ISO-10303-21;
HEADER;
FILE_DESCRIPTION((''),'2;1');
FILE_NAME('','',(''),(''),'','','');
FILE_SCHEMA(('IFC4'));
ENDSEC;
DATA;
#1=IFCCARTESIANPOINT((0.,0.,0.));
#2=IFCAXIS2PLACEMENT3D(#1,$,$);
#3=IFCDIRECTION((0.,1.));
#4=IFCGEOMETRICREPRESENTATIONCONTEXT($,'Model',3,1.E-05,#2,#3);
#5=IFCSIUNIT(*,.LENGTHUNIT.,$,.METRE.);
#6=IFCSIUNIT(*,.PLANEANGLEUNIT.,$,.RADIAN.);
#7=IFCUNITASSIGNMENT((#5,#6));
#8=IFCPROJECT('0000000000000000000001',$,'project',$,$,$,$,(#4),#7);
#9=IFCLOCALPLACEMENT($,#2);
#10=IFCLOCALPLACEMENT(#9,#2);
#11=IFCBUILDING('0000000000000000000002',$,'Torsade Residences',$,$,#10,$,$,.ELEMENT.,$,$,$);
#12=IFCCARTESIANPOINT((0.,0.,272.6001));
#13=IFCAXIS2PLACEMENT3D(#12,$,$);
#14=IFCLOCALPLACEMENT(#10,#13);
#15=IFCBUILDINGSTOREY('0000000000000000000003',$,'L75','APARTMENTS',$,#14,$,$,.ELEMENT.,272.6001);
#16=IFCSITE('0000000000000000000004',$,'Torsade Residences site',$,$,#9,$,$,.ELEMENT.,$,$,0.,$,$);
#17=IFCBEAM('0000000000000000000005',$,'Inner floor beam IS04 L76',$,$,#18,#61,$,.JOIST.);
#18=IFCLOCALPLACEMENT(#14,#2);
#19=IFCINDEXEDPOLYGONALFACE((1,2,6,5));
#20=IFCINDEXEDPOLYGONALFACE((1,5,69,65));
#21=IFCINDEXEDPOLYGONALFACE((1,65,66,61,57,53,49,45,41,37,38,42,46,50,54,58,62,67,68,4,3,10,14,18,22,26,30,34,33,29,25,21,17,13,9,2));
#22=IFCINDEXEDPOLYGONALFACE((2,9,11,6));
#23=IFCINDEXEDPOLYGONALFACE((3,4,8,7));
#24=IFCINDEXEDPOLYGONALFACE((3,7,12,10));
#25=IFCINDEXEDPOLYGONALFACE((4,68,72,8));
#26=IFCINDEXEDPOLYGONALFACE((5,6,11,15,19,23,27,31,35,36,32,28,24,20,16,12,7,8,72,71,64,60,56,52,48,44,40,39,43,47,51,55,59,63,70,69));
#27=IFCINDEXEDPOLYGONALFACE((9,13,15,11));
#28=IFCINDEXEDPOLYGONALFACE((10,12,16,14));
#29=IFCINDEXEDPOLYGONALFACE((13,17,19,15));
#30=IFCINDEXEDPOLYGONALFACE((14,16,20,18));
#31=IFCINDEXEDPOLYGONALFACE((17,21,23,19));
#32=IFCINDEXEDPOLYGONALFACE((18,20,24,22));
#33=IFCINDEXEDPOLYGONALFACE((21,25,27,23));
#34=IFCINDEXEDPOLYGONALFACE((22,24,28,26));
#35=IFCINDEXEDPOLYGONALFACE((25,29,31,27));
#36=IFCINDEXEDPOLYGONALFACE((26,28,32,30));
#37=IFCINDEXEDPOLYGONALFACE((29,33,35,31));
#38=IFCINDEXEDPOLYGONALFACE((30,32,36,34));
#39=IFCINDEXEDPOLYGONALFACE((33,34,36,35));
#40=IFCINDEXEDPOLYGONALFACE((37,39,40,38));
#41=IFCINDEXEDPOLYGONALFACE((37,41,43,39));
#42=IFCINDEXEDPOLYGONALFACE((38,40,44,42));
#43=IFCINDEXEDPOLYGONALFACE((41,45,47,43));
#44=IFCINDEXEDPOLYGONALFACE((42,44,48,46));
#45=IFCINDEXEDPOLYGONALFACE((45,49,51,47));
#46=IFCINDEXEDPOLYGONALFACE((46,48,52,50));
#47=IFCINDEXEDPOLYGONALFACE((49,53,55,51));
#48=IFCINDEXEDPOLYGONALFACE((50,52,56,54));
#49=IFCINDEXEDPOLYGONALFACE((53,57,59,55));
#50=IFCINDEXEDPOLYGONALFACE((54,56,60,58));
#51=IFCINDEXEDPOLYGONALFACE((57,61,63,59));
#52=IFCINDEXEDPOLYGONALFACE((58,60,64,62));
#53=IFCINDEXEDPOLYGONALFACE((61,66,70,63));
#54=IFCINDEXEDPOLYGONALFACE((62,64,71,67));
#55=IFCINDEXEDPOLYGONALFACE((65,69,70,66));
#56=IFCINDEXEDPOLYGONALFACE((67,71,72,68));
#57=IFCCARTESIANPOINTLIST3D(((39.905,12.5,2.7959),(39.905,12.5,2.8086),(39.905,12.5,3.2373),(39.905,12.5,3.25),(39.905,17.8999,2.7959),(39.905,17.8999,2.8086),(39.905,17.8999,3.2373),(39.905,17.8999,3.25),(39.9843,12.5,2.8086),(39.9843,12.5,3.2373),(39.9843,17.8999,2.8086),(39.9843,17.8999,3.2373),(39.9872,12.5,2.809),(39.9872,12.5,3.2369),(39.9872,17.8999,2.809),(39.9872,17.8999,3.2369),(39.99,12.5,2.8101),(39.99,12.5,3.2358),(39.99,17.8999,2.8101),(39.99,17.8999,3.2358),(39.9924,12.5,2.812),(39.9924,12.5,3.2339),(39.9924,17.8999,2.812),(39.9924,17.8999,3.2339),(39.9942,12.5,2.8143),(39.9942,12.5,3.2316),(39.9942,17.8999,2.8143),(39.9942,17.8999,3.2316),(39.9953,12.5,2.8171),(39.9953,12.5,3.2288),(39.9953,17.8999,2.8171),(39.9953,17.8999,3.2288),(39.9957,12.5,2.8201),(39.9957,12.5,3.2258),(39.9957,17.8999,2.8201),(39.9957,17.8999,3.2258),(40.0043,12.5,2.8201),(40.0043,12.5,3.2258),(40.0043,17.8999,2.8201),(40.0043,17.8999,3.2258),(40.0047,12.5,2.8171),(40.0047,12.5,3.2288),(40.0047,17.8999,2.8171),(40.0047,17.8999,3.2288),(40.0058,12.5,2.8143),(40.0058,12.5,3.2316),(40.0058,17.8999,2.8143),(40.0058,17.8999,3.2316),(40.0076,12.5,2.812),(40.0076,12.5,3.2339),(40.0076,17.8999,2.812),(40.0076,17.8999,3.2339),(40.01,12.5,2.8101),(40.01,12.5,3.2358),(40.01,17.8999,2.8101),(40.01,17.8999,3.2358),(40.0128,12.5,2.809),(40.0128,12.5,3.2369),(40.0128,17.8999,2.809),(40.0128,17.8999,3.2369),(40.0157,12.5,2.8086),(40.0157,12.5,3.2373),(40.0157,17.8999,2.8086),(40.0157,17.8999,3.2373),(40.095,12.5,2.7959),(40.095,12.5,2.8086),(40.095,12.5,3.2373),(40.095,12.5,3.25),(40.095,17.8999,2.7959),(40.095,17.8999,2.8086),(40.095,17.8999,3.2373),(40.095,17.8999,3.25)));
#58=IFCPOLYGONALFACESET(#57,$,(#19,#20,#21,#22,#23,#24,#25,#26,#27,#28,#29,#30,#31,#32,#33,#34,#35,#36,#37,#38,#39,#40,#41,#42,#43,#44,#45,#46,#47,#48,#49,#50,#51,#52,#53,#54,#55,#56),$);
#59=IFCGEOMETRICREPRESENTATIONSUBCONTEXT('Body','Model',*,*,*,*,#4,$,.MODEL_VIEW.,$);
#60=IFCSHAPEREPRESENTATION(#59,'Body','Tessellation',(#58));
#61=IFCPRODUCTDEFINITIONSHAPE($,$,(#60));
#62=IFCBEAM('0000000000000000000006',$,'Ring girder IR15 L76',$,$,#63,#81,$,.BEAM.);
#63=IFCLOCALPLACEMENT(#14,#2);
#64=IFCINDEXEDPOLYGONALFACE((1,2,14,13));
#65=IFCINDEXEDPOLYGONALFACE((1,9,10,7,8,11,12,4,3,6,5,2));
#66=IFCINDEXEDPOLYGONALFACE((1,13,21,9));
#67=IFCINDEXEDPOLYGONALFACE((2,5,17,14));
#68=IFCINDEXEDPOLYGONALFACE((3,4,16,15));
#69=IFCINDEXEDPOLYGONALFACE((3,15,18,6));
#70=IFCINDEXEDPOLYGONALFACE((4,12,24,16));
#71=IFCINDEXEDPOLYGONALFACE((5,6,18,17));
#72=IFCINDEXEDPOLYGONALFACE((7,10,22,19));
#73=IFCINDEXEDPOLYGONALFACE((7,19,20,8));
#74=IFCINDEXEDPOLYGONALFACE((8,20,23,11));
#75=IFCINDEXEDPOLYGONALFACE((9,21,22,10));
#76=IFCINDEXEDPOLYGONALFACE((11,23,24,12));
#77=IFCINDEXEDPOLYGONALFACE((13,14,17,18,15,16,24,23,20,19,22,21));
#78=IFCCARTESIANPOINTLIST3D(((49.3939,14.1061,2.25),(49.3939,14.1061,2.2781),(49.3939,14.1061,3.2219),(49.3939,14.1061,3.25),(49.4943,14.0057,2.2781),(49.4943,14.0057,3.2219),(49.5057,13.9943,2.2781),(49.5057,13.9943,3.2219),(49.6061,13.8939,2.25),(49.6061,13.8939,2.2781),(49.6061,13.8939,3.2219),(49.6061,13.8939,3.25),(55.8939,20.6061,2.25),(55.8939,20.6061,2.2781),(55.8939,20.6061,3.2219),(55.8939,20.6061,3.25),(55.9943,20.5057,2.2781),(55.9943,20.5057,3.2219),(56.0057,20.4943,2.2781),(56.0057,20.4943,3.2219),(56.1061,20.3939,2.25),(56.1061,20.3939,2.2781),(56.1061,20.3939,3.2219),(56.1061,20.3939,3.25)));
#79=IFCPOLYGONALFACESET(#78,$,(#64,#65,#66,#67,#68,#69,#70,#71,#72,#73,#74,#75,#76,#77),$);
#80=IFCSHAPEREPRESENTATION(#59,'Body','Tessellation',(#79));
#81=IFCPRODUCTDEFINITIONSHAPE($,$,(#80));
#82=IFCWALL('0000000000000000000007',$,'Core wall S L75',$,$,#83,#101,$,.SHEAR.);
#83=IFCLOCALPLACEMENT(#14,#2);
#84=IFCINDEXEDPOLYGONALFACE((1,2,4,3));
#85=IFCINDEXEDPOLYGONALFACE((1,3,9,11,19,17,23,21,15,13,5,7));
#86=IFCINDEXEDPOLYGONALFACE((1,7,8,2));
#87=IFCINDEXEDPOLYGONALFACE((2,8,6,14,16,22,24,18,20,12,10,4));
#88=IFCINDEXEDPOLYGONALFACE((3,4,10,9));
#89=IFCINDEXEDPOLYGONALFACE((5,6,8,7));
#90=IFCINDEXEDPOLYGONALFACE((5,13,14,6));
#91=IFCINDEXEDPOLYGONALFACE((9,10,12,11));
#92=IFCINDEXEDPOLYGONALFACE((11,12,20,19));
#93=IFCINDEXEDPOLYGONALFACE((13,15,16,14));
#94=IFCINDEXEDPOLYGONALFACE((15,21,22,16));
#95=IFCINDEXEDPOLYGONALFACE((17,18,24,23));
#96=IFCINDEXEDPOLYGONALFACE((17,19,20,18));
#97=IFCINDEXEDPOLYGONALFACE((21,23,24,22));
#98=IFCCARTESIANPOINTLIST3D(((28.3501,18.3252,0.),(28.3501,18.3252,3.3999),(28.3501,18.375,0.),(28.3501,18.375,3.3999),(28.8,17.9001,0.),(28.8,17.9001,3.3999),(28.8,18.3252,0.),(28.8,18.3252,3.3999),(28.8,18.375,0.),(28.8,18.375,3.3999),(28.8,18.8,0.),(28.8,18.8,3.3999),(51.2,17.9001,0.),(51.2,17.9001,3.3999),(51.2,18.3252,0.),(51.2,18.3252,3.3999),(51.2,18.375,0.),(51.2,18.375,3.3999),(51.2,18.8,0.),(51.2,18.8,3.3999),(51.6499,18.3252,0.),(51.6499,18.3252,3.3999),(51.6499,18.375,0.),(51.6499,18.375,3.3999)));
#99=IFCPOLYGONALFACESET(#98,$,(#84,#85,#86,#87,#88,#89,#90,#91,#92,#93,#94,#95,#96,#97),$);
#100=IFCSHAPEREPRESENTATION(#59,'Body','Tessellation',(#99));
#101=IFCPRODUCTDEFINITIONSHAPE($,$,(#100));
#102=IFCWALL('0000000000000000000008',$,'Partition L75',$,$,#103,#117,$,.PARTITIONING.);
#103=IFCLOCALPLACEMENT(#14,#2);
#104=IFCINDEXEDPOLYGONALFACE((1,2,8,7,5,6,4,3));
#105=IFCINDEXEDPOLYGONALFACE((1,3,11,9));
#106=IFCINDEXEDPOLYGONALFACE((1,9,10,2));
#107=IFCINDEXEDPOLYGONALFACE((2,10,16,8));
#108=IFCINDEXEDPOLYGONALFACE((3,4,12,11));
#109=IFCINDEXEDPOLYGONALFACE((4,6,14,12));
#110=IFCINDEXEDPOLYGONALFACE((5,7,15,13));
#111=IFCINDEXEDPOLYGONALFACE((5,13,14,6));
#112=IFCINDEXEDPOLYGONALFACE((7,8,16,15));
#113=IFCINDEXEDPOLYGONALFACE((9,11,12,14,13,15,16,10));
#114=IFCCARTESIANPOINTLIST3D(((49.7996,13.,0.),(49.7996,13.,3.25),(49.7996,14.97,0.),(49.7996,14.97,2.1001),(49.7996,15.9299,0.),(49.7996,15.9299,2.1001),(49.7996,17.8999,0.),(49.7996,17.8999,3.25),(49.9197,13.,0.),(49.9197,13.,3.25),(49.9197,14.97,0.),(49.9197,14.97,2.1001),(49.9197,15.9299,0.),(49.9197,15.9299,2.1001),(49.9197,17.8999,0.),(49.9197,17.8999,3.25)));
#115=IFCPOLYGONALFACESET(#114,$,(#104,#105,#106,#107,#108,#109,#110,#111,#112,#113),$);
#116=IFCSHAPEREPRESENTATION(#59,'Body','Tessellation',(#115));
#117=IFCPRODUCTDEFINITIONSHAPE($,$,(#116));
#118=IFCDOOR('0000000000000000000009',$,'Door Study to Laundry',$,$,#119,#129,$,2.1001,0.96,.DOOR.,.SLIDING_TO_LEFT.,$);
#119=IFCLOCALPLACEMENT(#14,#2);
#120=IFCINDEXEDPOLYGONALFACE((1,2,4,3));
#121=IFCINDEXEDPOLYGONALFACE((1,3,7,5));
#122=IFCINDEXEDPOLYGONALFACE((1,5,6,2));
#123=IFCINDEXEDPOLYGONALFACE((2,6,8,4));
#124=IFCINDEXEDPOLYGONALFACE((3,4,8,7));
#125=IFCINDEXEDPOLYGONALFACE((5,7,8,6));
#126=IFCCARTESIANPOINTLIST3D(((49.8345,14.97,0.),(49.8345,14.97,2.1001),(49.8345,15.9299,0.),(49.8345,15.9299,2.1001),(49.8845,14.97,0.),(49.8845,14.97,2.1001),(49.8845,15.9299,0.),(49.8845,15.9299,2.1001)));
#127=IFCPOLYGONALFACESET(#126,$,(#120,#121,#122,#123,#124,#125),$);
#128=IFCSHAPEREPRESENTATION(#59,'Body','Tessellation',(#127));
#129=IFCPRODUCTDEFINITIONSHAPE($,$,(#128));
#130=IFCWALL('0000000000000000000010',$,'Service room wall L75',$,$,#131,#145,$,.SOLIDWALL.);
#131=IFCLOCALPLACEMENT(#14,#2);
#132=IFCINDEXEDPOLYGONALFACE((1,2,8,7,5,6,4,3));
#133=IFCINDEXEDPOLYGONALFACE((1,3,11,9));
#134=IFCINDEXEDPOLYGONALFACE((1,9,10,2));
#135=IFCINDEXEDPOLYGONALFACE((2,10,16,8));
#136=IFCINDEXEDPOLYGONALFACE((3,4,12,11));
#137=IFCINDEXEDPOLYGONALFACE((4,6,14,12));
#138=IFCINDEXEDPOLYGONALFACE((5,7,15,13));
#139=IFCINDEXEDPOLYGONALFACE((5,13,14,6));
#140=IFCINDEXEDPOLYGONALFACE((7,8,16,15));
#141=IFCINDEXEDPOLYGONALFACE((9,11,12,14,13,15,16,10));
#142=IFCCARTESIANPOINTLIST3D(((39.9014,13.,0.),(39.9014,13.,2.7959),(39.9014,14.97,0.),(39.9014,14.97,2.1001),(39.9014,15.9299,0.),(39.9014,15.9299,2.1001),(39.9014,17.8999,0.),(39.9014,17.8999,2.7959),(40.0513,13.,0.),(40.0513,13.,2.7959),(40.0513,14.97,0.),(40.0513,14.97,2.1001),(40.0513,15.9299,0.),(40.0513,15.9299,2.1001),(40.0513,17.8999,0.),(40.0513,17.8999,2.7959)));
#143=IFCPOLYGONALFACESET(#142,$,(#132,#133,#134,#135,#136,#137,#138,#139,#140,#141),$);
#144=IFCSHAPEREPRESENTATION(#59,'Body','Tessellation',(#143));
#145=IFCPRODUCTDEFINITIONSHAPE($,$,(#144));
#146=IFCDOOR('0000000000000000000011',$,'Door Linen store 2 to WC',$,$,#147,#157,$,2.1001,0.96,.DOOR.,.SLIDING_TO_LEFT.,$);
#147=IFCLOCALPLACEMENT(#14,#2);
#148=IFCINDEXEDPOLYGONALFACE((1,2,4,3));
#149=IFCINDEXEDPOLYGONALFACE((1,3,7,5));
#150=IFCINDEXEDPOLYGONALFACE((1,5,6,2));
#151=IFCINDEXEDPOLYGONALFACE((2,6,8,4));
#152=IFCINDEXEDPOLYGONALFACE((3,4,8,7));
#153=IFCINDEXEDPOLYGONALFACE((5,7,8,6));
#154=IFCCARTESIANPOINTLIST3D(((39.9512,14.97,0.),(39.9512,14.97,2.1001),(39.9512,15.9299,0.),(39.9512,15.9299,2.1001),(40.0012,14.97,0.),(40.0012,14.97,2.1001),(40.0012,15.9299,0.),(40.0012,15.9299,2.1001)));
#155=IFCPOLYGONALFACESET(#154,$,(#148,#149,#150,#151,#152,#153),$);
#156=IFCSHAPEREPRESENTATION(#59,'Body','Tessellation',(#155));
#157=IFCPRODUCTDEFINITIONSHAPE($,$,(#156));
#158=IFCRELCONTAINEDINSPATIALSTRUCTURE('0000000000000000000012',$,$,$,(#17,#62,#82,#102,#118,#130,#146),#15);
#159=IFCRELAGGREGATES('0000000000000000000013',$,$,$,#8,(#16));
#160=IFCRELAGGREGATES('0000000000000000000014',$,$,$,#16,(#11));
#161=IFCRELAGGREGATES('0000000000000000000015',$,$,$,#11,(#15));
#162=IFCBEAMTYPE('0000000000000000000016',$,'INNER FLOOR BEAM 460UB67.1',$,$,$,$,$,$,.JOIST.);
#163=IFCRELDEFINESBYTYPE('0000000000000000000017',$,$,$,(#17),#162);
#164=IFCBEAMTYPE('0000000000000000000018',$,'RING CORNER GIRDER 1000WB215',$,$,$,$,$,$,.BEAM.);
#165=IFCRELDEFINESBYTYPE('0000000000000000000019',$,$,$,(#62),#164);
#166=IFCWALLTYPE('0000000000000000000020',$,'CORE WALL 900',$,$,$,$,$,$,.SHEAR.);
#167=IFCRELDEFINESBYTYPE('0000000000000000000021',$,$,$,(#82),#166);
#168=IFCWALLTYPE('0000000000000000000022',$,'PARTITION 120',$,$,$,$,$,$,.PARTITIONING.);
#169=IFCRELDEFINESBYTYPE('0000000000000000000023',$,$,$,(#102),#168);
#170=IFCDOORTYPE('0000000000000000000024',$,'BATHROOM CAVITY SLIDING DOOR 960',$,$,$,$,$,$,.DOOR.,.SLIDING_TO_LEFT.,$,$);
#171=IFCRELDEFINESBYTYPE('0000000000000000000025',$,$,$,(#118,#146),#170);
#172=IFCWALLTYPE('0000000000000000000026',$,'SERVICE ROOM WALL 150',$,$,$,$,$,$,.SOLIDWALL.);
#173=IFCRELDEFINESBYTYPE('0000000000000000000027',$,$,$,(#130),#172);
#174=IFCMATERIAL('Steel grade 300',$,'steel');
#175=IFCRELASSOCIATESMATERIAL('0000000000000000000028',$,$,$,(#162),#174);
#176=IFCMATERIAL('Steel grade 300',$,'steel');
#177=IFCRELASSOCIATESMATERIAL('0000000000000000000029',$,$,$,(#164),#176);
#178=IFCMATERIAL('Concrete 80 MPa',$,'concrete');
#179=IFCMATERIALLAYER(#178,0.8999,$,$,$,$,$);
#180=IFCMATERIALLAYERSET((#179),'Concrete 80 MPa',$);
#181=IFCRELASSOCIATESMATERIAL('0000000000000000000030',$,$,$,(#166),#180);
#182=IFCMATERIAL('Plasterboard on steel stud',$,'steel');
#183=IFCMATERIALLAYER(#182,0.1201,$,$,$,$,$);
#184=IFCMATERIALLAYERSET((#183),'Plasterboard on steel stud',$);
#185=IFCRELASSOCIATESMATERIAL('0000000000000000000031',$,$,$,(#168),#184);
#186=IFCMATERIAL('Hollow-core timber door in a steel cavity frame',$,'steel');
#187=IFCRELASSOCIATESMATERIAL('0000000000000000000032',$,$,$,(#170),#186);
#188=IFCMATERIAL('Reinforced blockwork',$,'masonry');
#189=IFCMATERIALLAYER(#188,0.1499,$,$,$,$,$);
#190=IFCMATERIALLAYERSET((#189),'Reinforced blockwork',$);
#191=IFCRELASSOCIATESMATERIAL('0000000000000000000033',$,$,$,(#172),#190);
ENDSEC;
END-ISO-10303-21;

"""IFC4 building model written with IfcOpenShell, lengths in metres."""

from ifc_helpers import new_model, si_unit, direction, frame, frame_2d, origin, origin_2d, place, context, subcontext, project, spatial, polyline, rectangle, i_section, outline, extrude, material, layer, layer_set, material_profile, profile_set, type_object, element, fill, save


model = new_model("IFC4")

# Units and contexts
model_context = context("Model", 3, precision=1e-05, world=origin(), true_north=direction((0.0, 1.0)))
body_context = subcontext(model_context, "Body", "Model", "MODEL_VIEW")
ifc_project = project(units=[si_unit("LENGTHUNIT", "METRE"), si_unit("PLANEANGLEUNIT", "RADIAN")], contexts=[model_context])

# Site, building, storey
site_placement = place(None, origin())
site = spatial("IfcSite", under=ifc_project, at=site_placement, Name="Torsade Residences site", CompositionType="ELEMENT", RefElevation=0.0)
building_placement = place(site_placement, origin())
building = spatial("IfcBuilding", under=site, at=building_placement, Name="Torsade Residences", CompositionType="ELEMENT")
storey_placement = place(building_placement, frame((0.0, 0.0, 272.6001)))
storey = spatial("IfcBuildingStorey", under=building, at=storey_placement, Name="L75", Description="APARTMENTS", CompositionType="ELEMENT", Elevation=272.6001)

# Beams
ifc_material_1 = material(Name="Steel grade 300", Category="steel")
ifc_material_profile_1 = material_profile(ifc_material_1, i_section(OverallWidth=0.1899, OverallDepth=0.4541, WebThickness=0.0085, FlangeThickness=0.0127, FilletRadius=0.0115, at=origin_2d()), Name="460UB67.1")
ifc_profile_set_1 = profile_set([ifc_material_profile_1], Name="Steel grade 300")
beam_type_1 = type_object("IfcBeamType", Name="INNER FLOOR BEAM 460UB67.1", PredefinedType="JOIST", material=ifc_profile_set_1)
for number, where, z_axis, x_axis, name in (
    (1, (40.0, 17.8999, 3.0229), (0.0, -1.0, 0.0), (1.0, 0.0, 0.0), "Inner floor beam IS04 L76"),
):
    element("IfcBeam", number, at=place(storey_placement, frame(where, z_axis=z_axis, x_axis=x_axis)), inside=storey, type_object=beam_type_1, Name=name, PredefinedType="JOIST", context=body_context, shape_type="SweptSolid", body=[
        extrude(i_section(OverallWidth=0.1899, OverallDepth=0.4541, WebThickness=0.0085, FlangeThickness=0.0127, FilletRadius=0.0115, at=origin_2d()), origin(), (0.0, 0.0, 1.0), 5.3999),
    ])
ifc_material_2 = material(Name="Steel grade 300", Category="steel")
ifc_material_profile_2 = material_profile(ifc_material_2, i_section(OverallWidth=0.3, OverallDepth=1.0, WebThickness=0.0161, FlangeThickness=0.0281, at=origin_2d()), Name="1000WB215")
ifc_profile_set_2 = profile_set([ifc_material_profile_2], Name="Steel grade 300")
beam_type_2 = type_object("IfcBeamType", Name="RING CORNER GIRDER 1000WB215", PredefinedType="BEAM", material=ifc_profile_set_2)
beam_1_placement = place(storey_placement, frame((49.5, 14.0, 2.75), z_axis=(0.707107, 0.707107, 0.0), x_axis=(-0.707107, 0.707107, 0.0)))
element("IfcBeam", 2, at=beam_1_placement, inside=storey, type_object=beam_type_2, Name="Ring girder IR15 L76", PredefinedType="BEAM", context=body_context, shape_type="SweptSolid", body=[
    extrude(i_section(OverallWidth=0.3, OverallDepth=1.0, WebThickness=0.0161, FlangeThickness=0.0281, at=origin_2d()), origin(), (0.0, 0.0, 1.0), 9.1924),
])

# Wall
ifc_material_3 = material(Name="Concrete 80 MPa", Category="concrete")
ifc_layer_1 = layer(ifc_material_3, 0.8999)
ifc_layer_set_1 = layer_set([ifc_layer_1], Name="Concrete 80 MPa")
wall_type_1 = type_object("IfcWallType", Name="CORE WALL 900", PredefinedType="SHEAR", material=ifc_layer_set_1)
wall_1_placement = place(storey_placement, frame((51.2, 18.3501, 0.0), z_axis=(0.0, 0.0, 1.0), x_axis=(-1.0, 0.0, 0.0)))
element("IfcWall", 3, at=wall_1_placement, inside=storey, type_object=wall_type_1, Name="Core wall S L75", PredefinedType="SHEAR", context=body_context, shape_type="SweptSolid", body=[
    extrude(outline(polyline([(0.0, -0.45), (22.3999, -0.45), (22.3999, -0.0249), (22.8499, -0.0249), (22.8499, 0.0249), (22.3999, 0.0249), (22.3999, 0.45), (0.0, 0.45), (0.0, 0.0249), (-0.45, 0.0249), (-0.45, -0.0249), (0.0, -0.0249), (0.0, -0.45)])), origin(), (0.0, 0.0, 1.0), 3.3999),
])

# Walls, openings, doors
ifc_material_4 = material(Name="Plasterboard on steel stud", Category="steel")
ifc_layer_2 = layer(ifc_material_4, 0.1201)
ifc_layer_set_2 = layer_set([ifc_layer_2], Name="Plasterboard on steel stud")
wall_type_2 = type_object("IfcWallType", Name="PARTITION 120", PredefinedType="PARTITIONING", material=ifc_layer_set_2)
wall_2_placement = place(storey_placement, frame((49.8596, 17.8999, 0.0), z_axis=(0.0, 0.0, 1.0), x_axis=(0.0, -1.0, 0.0)))
wall_2 = element("IfcWall", 4, at=wall_2_placement, inside=storey, type_object=wall_type_2, Name="Partition L75", PredefinedType="PARTITIONING", context=body_context, shape_type="SweptSolid", body=[
    extrude(rectangle(XDim=4.8999, YDim=0.1201, at=frame_2d((2.45, 0.0))), origin(), (0.0, 0.0, 1.0), 3.25),
])
opening_1_placement = place(wall_2_placement, frame((1.97, 0.0, 0.0)))
opening_1 = element("IfcOpeningElement", 5, at=opening_1_placement, cuts=wall_2, PredefinedType="OPENING", context=body_context, shape_type="SweptSolid", body=[
    extrude(rectangle(XDim=0.96, YDim=2.1001, at=frame_2d((0.48, 1.05))), frame((0.0, 0.0701, 0.0), z_axis=(0.0, -1.0, 0.0), x_axis=(1.0, 0.0, 0.0)), (0.0, 0.0, 1.0), 0.1401),
])
ifc_material_5 = material(Name="Hollow-core timber door in a steel cavity frame", Category="steel")
door_type_1 = type_object("IfcDoorType", Name="BATHROOM CAVITY SLIDING DOOR 960", OperationType="SLIDING_TO_LEFT", PredefinedType="DOOR", material=ifc_material_5)
door_1_placement = place(opening_1_placement, origin())
door_1 = element("IfcDoor", 6, at=door_1_placement, inside=storey, type_object=door_type_1, Name="Door Study to Laundry", OperationType="SLIDING_TO_LEFT", OverallHeight=2.1001, OverallWidth=0.96, PredefinedType="DOOR", context=body_context, shape_type="SweptSolid", body=[
    extrude(rectangle(XDim=0.96, YDim=2.1001, at=frame_2d((0.48, 1.05))), frame((0.0, 0.0249, 0.0), z_axis=(0.0, -1.0, 0.0), x_axis=(1.0, 0.0, 0.0)), (0.0, 0.0, 1.0), 0.05),
])
fill(opening_1, door_1)
ifc_material_6 = material(Name="Reinforced blockwork", Category="masonry")
ifc_layer_3 = layer(ifc_material_6, 0.1499)
ifc_layer_set_3 = layer_set([ifc_layer_3], Name="Reinforced blockwork")
wall_type_3 = type_object("IfcWallType", Name="SERVICE ROOM WALL 150", PredefinedType="SOLIDWALL", material=ifc_layer_set_3)
wall_3_placement = place(storey_placement, frame((39.9763, 17.8999, 0.0), z_axis=(0.0, 0.0, 1.0), x_axis=(0.0, -1.0, 0.0)))
wall_3 = element("IfcWall", 7, at=wall_3_placement, inside=storey, type_object=wall_type_3, Name="Service room wall L75", PredefinedType="SOLIDWALL", context=body_context, shape_type="SweptSolid", body=[
    extrude(rectangle(XDim=4.8999, YDim=0.1499, at=frame_2d((2.45, 0.0))), origin(), (0.0, 0.0, 1.0), 2.7959),
])
opening_2_placement = place(wall_3_placement, frame((1.97, 0.0, 0.0)))
opening_2 = element("IfcOpeningElement", 8, at=opening_2_placement, cuts=wall_3, PredefinedType="OPENING", context=body_context, shape_type="SweptSolid", body=[
    extrude(rectangle(XDim=0.96, YDim=2.1001, at=frame_2d((0.48, 1.05))), frame((0.0, 0.085, 0.0), z_axis=(0.0, -1.0, 0.0), x_axis=(1.0, 0.0, 0.0)), (0.0, 0.0, 1.0), 0.1699),
])
door_2_placement = place(opening_2_placement, origin())
door_2 = element("IfcDoor", 9, at=door_2_placement, inside=storey, type_object=door_type_1, Name="Door Linen store 2 to WC", OperationType="SLIDING_TO_LEFT", OverallHeight=2.1001, OverallWidth=0.96, PredefinedType="DOOR", context=body_context, shape_type="SweptSolid", body=[
    extrude(rectangle(XDim=0.96, YDim=2.1001, at=frame_2d((0.48, 1.05))), frame((0.0, 0.0249, 0.0), z_axis=(0.0, -1.0, 0.0), x_axis=(1.0, 0.0, 0.0)), (0.0, 0.0, 1.0), 0.05),
])
fill(opening_2, door_2)

save(model, "model.ifc")
